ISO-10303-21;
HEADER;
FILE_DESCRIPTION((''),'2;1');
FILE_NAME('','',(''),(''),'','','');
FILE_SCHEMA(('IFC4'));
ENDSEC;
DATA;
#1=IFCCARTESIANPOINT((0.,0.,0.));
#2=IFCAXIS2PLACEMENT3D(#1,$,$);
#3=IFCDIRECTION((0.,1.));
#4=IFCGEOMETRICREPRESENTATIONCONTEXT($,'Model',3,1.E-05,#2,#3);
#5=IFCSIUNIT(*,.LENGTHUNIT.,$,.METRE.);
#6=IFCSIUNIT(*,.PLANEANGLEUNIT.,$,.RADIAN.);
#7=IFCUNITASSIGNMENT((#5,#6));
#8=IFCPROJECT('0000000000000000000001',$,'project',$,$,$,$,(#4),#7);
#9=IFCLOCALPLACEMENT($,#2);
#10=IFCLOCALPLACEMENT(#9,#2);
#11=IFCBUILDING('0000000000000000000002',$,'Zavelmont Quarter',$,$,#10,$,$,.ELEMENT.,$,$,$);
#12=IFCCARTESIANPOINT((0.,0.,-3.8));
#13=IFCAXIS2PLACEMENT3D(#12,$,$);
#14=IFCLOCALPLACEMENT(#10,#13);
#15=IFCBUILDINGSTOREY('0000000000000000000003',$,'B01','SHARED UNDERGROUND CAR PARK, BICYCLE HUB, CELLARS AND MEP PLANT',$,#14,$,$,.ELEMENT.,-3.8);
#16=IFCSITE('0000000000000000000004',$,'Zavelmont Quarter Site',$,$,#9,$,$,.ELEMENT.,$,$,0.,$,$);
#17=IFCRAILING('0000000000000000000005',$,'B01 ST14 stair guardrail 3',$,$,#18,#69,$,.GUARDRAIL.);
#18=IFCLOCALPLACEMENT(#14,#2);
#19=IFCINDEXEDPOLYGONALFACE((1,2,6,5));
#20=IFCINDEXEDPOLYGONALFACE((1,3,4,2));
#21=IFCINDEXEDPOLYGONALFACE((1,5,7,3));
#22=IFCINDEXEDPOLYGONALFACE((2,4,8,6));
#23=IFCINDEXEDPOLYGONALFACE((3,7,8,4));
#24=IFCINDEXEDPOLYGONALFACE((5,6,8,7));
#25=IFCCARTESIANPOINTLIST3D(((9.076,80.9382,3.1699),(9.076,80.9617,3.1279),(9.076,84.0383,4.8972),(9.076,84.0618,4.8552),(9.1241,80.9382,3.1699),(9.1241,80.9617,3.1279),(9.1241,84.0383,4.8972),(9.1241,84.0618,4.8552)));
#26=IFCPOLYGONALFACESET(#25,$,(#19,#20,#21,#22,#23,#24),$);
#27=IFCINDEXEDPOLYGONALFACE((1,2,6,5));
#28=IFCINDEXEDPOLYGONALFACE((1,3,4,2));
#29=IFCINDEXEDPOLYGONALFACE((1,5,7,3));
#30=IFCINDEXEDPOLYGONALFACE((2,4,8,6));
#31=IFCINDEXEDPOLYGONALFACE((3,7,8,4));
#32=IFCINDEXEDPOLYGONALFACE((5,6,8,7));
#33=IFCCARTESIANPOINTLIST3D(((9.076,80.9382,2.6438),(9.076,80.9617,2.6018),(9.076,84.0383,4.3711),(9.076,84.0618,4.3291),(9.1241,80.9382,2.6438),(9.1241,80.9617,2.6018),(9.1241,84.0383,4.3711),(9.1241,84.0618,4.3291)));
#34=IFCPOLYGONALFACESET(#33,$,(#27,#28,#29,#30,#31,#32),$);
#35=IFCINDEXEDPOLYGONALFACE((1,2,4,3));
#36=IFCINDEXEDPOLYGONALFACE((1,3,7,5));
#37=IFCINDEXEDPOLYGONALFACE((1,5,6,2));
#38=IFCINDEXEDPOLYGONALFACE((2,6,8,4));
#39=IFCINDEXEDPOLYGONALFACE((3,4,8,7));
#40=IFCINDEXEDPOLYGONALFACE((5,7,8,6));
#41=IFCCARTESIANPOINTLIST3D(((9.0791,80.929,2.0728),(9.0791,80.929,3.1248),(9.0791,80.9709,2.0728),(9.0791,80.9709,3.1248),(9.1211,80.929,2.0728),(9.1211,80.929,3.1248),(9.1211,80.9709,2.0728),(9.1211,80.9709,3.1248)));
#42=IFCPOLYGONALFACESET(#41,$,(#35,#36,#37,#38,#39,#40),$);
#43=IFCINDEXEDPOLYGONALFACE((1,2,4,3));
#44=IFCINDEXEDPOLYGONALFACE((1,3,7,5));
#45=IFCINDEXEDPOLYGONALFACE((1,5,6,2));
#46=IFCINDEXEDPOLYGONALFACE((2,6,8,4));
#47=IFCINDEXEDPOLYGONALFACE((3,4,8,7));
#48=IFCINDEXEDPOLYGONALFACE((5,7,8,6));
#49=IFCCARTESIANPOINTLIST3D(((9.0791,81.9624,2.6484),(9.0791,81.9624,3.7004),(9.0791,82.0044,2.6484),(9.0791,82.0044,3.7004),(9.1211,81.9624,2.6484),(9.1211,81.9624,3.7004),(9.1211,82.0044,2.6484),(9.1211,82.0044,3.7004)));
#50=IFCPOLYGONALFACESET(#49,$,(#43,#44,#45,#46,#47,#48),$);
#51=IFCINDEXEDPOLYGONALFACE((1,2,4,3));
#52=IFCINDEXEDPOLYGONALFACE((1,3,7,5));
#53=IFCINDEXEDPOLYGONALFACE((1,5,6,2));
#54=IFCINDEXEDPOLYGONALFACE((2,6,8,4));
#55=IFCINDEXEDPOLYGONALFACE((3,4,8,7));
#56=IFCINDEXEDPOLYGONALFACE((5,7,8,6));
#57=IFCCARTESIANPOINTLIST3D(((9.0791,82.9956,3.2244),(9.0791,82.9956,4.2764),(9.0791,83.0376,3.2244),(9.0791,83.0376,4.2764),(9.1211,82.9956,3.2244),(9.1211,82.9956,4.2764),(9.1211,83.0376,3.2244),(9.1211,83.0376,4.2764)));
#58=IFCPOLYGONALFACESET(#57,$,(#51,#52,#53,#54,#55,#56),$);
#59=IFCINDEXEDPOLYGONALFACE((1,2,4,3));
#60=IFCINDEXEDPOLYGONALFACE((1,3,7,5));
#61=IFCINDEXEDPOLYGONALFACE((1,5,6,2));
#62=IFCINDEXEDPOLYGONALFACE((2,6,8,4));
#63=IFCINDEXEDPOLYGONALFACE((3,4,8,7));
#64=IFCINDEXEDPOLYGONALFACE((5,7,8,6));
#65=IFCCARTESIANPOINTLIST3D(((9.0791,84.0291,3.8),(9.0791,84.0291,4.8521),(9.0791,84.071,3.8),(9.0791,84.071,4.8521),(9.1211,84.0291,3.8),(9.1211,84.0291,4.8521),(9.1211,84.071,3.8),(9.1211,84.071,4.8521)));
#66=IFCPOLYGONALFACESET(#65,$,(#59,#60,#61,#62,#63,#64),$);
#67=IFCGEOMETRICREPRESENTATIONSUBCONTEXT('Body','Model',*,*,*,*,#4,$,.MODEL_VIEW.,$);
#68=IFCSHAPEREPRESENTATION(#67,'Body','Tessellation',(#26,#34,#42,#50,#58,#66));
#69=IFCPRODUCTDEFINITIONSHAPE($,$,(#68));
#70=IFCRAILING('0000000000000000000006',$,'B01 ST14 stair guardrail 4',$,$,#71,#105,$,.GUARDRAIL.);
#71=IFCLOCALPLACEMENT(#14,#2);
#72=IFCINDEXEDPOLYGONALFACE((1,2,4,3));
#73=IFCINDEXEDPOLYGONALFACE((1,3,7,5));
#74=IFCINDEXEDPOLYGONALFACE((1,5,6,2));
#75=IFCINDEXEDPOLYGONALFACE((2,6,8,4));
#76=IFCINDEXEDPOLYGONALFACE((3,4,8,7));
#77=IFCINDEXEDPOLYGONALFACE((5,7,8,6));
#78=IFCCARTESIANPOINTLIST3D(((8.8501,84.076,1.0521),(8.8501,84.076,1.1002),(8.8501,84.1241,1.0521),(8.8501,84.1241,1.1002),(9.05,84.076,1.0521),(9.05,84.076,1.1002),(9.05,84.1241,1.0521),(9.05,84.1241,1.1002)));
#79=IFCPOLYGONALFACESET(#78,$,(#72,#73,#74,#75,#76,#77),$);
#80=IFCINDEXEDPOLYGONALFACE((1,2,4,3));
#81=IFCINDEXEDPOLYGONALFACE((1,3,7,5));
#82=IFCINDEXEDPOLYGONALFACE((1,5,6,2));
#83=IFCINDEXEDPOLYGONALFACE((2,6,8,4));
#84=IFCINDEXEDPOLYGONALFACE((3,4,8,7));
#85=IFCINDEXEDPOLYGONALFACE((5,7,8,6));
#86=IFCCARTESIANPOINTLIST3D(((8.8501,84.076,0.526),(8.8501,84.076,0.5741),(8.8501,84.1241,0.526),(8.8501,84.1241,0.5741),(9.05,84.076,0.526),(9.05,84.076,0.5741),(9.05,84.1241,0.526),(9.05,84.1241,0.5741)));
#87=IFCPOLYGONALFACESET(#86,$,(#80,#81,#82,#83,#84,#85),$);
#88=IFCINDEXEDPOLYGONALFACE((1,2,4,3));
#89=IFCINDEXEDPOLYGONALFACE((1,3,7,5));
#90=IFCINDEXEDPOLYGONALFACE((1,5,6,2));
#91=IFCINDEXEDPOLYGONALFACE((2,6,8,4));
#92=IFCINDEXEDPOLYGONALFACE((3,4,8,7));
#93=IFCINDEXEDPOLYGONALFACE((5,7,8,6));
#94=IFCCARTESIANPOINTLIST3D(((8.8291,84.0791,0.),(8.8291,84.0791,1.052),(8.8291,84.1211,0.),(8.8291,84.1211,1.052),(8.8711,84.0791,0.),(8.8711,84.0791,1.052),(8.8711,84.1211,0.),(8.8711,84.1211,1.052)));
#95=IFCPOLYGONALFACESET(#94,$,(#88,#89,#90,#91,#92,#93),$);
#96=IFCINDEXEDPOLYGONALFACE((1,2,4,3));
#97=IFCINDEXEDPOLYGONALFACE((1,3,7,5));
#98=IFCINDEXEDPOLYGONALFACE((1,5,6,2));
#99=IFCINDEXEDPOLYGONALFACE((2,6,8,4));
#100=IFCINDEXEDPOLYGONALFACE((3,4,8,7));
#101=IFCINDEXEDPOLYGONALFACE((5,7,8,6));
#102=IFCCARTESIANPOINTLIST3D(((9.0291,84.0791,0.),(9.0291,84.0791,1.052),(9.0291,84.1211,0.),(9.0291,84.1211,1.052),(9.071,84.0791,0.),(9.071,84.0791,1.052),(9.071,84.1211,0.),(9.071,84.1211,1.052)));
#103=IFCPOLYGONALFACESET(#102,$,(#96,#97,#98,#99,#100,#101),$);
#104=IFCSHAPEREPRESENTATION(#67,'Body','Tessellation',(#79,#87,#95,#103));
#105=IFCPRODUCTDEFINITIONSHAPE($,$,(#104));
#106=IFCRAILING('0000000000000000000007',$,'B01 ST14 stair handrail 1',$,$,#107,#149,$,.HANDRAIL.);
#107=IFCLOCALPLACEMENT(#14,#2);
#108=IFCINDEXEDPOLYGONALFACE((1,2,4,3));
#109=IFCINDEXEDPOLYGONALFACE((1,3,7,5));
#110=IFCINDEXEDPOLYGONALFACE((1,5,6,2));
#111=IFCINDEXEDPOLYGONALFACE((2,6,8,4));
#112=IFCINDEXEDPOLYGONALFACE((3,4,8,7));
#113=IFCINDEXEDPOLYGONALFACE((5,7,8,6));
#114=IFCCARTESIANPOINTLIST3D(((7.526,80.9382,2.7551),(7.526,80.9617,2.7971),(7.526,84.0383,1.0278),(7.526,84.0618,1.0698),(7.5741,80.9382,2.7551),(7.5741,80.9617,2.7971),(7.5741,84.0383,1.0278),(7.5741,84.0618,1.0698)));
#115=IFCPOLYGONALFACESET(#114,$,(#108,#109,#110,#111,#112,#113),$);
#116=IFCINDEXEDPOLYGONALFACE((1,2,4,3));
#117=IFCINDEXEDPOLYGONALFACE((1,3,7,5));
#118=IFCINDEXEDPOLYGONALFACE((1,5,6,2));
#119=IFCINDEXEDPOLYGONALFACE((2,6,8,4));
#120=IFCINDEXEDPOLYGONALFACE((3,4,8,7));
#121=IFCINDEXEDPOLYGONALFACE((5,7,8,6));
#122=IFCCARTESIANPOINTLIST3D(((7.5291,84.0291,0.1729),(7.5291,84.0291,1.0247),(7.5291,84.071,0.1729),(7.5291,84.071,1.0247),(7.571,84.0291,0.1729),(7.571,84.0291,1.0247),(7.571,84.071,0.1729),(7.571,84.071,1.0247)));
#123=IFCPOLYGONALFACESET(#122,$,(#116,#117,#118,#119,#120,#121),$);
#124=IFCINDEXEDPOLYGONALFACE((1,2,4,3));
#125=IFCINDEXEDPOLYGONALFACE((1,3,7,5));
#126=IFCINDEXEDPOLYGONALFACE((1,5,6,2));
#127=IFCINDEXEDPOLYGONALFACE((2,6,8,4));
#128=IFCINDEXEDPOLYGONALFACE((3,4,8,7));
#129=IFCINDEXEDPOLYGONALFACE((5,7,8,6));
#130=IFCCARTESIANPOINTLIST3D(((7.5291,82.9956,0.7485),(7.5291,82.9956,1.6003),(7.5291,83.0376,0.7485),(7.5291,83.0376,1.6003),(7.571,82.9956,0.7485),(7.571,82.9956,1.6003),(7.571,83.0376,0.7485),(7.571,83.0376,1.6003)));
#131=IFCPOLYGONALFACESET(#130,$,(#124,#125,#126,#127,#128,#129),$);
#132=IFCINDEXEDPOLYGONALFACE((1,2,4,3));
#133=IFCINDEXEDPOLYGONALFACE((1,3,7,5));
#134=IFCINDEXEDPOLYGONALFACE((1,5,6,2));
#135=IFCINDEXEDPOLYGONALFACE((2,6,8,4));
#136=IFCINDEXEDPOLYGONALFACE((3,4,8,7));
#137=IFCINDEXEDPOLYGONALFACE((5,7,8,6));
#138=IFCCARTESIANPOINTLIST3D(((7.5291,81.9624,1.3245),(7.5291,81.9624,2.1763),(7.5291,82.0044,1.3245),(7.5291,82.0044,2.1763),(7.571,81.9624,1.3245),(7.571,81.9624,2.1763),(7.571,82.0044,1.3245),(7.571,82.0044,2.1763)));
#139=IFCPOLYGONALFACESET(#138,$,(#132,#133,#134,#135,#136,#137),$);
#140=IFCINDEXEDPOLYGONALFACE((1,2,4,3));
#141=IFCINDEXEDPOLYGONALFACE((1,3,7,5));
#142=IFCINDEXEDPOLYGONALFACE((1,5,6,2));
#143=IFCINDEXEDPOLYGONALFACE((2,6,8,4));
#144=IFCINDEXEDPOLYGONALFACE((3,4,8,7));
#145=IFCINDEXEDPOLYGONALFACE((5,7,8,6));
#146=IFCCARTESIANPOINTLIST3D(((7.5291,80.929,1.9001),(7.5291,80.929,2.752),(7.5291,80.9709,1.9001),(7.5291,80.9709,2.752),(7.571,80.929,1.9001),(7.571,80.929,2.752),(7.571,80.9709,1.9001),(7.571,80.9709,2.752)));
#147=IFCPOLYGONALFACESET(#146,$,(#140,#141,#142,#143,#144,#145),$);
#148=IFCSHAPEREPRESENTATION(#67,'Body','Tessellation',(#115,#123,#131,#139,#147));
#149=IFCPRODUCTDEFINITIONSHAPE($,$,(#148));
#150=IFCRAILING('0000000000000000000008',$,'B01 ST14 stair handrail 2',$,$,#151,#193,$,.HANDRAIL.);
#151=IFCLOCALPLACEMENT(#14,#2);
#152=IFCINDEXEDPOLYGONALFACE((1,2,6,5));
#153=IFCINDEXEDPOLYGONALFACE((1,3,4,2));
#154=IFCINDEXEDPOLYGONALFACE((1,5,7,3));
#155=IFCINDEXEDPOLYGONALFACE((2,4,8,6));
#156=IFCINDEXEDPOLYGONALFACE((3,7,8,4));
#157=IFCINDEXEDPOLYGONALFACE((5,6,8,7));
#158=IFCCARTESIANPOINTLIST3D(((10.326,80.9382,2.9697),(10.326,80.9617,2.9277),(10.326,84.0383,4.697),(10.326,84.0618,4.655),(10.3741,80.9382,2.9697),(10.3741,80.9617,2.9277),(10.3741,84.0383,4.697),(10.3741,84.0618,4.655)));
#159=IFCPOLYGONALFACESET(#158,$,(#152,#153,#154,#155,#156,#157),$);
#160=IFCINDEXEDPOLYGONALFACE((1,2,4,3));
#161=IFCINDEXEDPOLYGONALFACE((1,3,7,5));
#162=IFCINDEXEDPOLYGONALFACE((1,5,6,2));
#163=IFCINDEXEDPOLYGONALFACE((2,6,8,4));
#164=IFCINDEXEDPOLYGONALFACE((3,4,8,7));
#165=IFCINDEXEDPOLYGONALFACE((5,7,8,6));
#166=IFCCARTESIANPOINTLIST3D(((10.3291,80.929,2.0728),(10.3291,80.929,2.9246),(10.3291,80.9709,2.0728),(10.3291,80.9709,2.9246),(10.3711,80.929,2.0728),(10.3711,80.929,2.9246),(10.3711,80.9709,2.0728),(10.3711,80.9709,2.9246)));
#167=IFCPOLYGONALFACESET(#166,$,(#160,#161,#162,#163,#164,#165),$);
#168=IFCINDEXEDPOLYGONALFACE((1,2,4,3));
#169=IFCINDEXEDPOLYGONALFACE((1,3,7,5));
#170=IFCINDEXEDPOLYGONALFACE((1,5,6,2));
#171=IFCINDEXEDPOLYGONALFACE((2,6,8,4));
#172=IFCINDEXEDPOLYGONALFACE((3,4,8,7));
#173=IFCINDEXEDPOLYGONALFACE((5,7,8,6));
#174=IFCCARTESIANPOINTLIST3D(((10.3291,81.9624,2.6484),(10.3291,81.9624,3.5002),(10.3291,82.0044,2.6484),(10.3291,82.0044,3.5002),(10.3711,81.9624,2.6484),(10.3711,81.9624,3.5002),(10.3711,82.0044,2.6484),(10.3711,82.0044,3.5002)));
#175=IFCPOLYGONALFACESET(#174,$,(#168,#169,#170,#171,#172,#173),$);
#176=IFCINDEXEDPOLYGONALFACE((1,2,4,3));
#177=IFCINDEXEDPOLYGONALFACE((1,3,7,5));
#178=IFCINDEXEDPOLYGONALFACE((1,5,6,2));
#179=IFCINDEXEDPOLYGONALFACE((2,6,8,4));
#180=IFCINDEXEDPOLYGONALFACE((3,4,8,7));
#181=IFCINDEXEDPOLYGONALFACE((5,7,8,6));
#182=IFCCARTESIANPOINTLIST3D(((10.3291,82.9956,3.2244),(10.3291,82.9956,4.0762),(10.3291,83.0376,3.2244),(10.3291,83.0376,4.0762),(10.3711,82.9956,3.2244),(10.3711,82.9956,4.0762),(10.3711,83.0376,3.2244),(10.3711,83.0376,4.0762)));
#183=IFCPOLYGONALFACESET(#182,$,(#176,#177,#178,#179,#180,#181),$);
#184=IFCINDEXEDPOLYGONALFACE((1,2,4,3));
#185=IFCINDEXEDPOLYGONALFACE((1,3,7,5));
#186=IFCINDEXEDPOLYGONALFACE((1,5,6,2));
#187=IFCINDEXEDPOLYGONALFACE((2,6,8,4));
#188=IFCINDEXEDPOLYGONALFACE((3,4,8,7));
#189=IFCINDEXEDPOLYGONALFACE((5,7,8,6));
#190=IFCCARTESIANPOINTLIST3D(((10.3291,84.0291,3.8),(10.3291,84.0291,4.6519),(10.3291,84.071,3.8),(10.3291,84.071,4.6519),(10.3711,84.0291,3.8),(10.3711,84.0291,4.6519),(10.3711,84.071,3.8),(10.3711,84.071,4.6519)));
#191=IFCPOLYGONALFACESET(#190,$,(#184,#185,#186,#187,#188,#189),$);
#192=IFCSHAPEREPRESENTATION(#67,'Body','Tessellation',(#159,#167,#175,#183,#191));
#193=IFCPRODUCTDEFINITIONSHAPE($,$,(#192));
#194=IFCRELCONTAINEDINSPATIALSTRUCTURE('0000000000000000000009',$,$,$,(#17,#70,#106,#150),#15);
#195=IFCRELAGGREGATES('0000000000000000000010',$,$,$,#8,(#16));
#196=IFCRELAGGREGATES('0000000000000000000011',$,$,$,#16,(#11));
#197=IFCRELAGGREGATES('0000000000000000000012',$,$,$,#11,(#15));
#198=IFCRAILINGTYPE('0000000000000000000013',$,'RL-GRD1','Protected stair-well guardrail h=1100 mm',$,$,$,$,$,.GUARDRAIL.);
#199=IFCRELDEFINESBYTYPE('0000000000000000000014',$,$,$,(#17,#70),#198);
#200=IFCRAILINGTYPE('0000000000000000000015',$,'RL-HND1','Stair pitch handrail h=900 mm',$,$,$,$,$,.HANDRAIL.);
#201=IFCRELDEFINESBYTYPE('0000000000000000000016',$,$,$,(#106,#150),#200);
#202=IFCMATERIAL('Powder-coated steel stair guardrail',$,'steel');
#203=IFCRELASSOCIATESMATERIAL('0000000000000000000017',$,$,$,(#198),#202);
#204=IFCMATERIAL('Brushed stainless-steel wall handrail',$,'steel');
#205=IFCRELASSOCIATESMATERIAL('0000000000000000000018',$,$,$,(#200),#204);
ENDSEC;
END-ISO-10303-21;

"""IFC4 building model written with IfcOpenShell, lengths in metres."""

from ifc_helpers import new_model, si_unit, direction, frame, origin, origin_2d, place, context, subcontext, project, spatial, rectangle, extrude, material, type_object, element, save


model = new_model("IFC4")

# Units and contexts
model_context = context("Model", 3, precision=1e-05, world=origin(), true_north=direction((0.0, 1.0)))
body_context = subcontext(model_context, "Body", "Model", "MODEL_VIEW")
ifc_project = project(units=[si_unit("LENGTHUNIT", "METRE"), si_unit("PLANEANGLEUNIT", "RADIAN")], contexts=[model_context])

# Site, building, storey
site_placement = place(None, origin())
site = spatial("IfcSite", under=ifc_project, at=site_placement, Name="Zavelmont Quarter Site", CompositionType="ELEMENT", RefElevation=0.0)
building_placement = place(site_placement, origin())
building = spatial("IfcBuilding", under=site, at=building_placement, Name="Zavelmont Quarter", CompositionType="ELEMENT")
storey_placement = place(building_placement, frame((0.0, 0.0, -3.8)))
storey = spatial("IfcBuildingStorey", under=building, at=storey_placement, Name="B01", Description="SHARED UNDERGROUND CAR PARK, BICYCLE HUB, CELLARS AND MEP PLANT", CompositionType="ELEMENT", Elevation=-3.8)

# Railings
ifc_material_1 = material(Name="Powder-coated steel stair guardrail", Category="steel")
railing_type_1 = type_object("IfcRailingType", Name="RL-GRD1", Description="Protected stair-well guardrail h=1100 mm", PredefinedType="GUARDRAIL", material=ifc_material_1)
railing_1_placement = place(storey_placement, frame((9.1001, 80.95, 2.0728)))
element("IfcRailing", 1, at=railing_1_placement, inside=storey, type_object=railing_type_1, Name="B01 ST14 stair guardrail 3", PredefinedType="GUARDRAIL", context=body_context, shape_type="SweptSolid", body=[
    extrude(rectangle(XDim=0.0481, YDim=0.0481, at=origin_2d()), frame((0.0, 0.0, 1.0762), z_axis=(0.0, 0.873556, 0.486723), x_axis=(-1.0, 0.0, 0.0)), (0.0, 0.0, 1.0), 3.5488),
    extrude(rectangle(XDim=0.0481, YDim=0.0481, at=origin_2d()), frame((0.0, 0.0, 0.55), z_axis=(0.0, 0.873556, 0.486723), x_axis=(-1.0, 0.0, 0.0)), (0.0, 0.0, 1.0), 3.5488),
    extrude(rectangle(XDim=0.042, YDim=0.042, at=origin_2d()), origin(), (0.0, 0.0, 1.0), 1.052),
    extrude(rectangle(XDim=0.042, YDim=0.042, at=origin_2d()), frame((0.0, 1.0334, 0.5757)), (0.0, 0.0, 1.0), 1.052),
    extrude(rectangle(XDim=0.042, YDim=0.042, at=origin_2d()), frame((0.0, 2.0667, 1.1516)), (0.0, 0.0, 1.0), 1.052),
    extrude(rectangle(XDim=0.042, YDim=0.042, at=origin_2d()), frame((0.0, 3.1001, 1.7273)), (0.0, 0.0, 1.0), 1.052),
])
railing_2_placement = place(storey_placement, frame((8.8501, 84.1001, 0.0)))
element("IfcRailing", 2, at=railing_2_placement, inside=storey, type_object=railing_type_1, Name="B01 ST14 stair guardrail 4", PredefinedType="GUARDRAIL", context=body_context, shape_type="SweptSolid", body=[
    extrude(rectangle(XDim=0.0481, YDim=0.0481, at=origin_2d()), frame((0.0, 0.0, 1.0762), z_axis=(1.0, 0.0, 0.0), x_axis=(0.0, 1.0, 0.0)), (0.0, 0.0, 1.0), 0.2),
    extrude(rectangle(XDim=0.0481, YDim=0.0481, at=origin_2d()), frame((0.0, 0.0, 0.55), z_axis=(1.0, 0.0, 0.0), x_axis=(0.0, 1.0, 0.0)), (0.0, 0.0, 1.0), 0.2),
    extrude(rectangle(XDim=0.042, YDim=0.042, at=origin_2d()), origin(), (0.0, 0.0, 1.0), 1.052),
    extrude(rectangle(XDim=0.042, YDim=0.042, at=origin_2d()), frame((0.2, 0.0, 0.0)), (0.0, 0.0, 1.0), 1.052),
])
ifc_material_2 = material(Name="Brushed stainless-steel wall handrail", Category="steel")
railing_type_2 = type_object("IfcRailingType", Name="RL-HND1", Description="Stair pitch handrail h=900 mm", PredefinedType="HANDRAIL", material=ifc_material_2)
railing_3_placement = place(storey_placement, frame((7.55, 84.05, 0.1729)))
element("IfcRailing", 3, at=railing_3_placement, inside=storey, type_object=railing_type_2, Name="B01 ST14 stair handrail 1", PredefinedType="HANDRAIL", context=body_context, shape_type="SweptSolid", body=[
    extrude(rectangle(XDim=0.0481, YDim=0.0481, at=origin_2d()), frame((0.0, 0.0, 0.876), z_axis=(0.0, -0.873556, 0.486723), x_axis=(1.0, 0.0, 0.0)), (0.0, 0.0, 1.0), 3.5488),
    extrude(rectangle(XDim=0.042, YDim=0.042, at=origin_2d()), origin(), (0.0, 0.0, 1.0), 0.8518),
    extrude(rectangle(XDim=0.042, YDim=0.042, at=origin_2d()), frame((0.0, -1.0334, 0.5757)), (0.0, 0.0, 1.0), 0.8518),
    extrude(rectangle(XDim=0.042, YDim=0.042, at=origin_2d()), frame((0.0, -2.0667, 1.1516)), (0.0, 0.0, 1.0), 0.8518),
    extrude(rectangle(XDim=0.042, YDim=0.042, at=origin_2d()), frame((0.0, -3.1001, 1.7273)), (0.0, 0.0, 1.0), 0.8518),
])
railing_4_placement = place(storey_placement, frame((10.3501, 80.95, 2.0728)))
element("IfcRailing", 4, at=railing_4_placement, inside=storey, type_object=railing_type_2, Name="B01 ST14 stair handrail 2", PredefinedType="HANDRAIL", context=body_context, shape_type="SweptSolid", body=[
    extrude(rectangle(XDim=0.0481, YDim=0.0481, at=origin_2d()), frame((0.0, 0.0, 0.876), z_axis=(0.0, 0.873556, 0.486723), x_axis=(-1.0, 0.0, 0.0)), (0.0, 0.0, 1.0), 3.5488),
    extrude(rectangle(XDim=0.042, YDim=0.042, at=origin_2d()), origin(), (0.0, 0.0, 1.0), 0.8518),
    extrude(rectangle(XDim=0.042, YDim=0.042, at=origin_2d()), frame((0.0, 1.0334, 0.5757)), (0.0, 0.0, 1.0), 0.8518),
    extrude(rectangle(XDim=0.042, YDim=0.042, at=origin_2d()), frame((0.0, 2.0667, 1.1516)), (0.0, 0.0, 1.0), 0.8518),
    extrude(rectangle(XDim=0.042, YDim=0.042, at=origin_2d()), frame((0.0, 3.1001, 1.7273)), (0.0, 0.0, 1.0), 0.8518),
])

save(model, "model.ifc")
